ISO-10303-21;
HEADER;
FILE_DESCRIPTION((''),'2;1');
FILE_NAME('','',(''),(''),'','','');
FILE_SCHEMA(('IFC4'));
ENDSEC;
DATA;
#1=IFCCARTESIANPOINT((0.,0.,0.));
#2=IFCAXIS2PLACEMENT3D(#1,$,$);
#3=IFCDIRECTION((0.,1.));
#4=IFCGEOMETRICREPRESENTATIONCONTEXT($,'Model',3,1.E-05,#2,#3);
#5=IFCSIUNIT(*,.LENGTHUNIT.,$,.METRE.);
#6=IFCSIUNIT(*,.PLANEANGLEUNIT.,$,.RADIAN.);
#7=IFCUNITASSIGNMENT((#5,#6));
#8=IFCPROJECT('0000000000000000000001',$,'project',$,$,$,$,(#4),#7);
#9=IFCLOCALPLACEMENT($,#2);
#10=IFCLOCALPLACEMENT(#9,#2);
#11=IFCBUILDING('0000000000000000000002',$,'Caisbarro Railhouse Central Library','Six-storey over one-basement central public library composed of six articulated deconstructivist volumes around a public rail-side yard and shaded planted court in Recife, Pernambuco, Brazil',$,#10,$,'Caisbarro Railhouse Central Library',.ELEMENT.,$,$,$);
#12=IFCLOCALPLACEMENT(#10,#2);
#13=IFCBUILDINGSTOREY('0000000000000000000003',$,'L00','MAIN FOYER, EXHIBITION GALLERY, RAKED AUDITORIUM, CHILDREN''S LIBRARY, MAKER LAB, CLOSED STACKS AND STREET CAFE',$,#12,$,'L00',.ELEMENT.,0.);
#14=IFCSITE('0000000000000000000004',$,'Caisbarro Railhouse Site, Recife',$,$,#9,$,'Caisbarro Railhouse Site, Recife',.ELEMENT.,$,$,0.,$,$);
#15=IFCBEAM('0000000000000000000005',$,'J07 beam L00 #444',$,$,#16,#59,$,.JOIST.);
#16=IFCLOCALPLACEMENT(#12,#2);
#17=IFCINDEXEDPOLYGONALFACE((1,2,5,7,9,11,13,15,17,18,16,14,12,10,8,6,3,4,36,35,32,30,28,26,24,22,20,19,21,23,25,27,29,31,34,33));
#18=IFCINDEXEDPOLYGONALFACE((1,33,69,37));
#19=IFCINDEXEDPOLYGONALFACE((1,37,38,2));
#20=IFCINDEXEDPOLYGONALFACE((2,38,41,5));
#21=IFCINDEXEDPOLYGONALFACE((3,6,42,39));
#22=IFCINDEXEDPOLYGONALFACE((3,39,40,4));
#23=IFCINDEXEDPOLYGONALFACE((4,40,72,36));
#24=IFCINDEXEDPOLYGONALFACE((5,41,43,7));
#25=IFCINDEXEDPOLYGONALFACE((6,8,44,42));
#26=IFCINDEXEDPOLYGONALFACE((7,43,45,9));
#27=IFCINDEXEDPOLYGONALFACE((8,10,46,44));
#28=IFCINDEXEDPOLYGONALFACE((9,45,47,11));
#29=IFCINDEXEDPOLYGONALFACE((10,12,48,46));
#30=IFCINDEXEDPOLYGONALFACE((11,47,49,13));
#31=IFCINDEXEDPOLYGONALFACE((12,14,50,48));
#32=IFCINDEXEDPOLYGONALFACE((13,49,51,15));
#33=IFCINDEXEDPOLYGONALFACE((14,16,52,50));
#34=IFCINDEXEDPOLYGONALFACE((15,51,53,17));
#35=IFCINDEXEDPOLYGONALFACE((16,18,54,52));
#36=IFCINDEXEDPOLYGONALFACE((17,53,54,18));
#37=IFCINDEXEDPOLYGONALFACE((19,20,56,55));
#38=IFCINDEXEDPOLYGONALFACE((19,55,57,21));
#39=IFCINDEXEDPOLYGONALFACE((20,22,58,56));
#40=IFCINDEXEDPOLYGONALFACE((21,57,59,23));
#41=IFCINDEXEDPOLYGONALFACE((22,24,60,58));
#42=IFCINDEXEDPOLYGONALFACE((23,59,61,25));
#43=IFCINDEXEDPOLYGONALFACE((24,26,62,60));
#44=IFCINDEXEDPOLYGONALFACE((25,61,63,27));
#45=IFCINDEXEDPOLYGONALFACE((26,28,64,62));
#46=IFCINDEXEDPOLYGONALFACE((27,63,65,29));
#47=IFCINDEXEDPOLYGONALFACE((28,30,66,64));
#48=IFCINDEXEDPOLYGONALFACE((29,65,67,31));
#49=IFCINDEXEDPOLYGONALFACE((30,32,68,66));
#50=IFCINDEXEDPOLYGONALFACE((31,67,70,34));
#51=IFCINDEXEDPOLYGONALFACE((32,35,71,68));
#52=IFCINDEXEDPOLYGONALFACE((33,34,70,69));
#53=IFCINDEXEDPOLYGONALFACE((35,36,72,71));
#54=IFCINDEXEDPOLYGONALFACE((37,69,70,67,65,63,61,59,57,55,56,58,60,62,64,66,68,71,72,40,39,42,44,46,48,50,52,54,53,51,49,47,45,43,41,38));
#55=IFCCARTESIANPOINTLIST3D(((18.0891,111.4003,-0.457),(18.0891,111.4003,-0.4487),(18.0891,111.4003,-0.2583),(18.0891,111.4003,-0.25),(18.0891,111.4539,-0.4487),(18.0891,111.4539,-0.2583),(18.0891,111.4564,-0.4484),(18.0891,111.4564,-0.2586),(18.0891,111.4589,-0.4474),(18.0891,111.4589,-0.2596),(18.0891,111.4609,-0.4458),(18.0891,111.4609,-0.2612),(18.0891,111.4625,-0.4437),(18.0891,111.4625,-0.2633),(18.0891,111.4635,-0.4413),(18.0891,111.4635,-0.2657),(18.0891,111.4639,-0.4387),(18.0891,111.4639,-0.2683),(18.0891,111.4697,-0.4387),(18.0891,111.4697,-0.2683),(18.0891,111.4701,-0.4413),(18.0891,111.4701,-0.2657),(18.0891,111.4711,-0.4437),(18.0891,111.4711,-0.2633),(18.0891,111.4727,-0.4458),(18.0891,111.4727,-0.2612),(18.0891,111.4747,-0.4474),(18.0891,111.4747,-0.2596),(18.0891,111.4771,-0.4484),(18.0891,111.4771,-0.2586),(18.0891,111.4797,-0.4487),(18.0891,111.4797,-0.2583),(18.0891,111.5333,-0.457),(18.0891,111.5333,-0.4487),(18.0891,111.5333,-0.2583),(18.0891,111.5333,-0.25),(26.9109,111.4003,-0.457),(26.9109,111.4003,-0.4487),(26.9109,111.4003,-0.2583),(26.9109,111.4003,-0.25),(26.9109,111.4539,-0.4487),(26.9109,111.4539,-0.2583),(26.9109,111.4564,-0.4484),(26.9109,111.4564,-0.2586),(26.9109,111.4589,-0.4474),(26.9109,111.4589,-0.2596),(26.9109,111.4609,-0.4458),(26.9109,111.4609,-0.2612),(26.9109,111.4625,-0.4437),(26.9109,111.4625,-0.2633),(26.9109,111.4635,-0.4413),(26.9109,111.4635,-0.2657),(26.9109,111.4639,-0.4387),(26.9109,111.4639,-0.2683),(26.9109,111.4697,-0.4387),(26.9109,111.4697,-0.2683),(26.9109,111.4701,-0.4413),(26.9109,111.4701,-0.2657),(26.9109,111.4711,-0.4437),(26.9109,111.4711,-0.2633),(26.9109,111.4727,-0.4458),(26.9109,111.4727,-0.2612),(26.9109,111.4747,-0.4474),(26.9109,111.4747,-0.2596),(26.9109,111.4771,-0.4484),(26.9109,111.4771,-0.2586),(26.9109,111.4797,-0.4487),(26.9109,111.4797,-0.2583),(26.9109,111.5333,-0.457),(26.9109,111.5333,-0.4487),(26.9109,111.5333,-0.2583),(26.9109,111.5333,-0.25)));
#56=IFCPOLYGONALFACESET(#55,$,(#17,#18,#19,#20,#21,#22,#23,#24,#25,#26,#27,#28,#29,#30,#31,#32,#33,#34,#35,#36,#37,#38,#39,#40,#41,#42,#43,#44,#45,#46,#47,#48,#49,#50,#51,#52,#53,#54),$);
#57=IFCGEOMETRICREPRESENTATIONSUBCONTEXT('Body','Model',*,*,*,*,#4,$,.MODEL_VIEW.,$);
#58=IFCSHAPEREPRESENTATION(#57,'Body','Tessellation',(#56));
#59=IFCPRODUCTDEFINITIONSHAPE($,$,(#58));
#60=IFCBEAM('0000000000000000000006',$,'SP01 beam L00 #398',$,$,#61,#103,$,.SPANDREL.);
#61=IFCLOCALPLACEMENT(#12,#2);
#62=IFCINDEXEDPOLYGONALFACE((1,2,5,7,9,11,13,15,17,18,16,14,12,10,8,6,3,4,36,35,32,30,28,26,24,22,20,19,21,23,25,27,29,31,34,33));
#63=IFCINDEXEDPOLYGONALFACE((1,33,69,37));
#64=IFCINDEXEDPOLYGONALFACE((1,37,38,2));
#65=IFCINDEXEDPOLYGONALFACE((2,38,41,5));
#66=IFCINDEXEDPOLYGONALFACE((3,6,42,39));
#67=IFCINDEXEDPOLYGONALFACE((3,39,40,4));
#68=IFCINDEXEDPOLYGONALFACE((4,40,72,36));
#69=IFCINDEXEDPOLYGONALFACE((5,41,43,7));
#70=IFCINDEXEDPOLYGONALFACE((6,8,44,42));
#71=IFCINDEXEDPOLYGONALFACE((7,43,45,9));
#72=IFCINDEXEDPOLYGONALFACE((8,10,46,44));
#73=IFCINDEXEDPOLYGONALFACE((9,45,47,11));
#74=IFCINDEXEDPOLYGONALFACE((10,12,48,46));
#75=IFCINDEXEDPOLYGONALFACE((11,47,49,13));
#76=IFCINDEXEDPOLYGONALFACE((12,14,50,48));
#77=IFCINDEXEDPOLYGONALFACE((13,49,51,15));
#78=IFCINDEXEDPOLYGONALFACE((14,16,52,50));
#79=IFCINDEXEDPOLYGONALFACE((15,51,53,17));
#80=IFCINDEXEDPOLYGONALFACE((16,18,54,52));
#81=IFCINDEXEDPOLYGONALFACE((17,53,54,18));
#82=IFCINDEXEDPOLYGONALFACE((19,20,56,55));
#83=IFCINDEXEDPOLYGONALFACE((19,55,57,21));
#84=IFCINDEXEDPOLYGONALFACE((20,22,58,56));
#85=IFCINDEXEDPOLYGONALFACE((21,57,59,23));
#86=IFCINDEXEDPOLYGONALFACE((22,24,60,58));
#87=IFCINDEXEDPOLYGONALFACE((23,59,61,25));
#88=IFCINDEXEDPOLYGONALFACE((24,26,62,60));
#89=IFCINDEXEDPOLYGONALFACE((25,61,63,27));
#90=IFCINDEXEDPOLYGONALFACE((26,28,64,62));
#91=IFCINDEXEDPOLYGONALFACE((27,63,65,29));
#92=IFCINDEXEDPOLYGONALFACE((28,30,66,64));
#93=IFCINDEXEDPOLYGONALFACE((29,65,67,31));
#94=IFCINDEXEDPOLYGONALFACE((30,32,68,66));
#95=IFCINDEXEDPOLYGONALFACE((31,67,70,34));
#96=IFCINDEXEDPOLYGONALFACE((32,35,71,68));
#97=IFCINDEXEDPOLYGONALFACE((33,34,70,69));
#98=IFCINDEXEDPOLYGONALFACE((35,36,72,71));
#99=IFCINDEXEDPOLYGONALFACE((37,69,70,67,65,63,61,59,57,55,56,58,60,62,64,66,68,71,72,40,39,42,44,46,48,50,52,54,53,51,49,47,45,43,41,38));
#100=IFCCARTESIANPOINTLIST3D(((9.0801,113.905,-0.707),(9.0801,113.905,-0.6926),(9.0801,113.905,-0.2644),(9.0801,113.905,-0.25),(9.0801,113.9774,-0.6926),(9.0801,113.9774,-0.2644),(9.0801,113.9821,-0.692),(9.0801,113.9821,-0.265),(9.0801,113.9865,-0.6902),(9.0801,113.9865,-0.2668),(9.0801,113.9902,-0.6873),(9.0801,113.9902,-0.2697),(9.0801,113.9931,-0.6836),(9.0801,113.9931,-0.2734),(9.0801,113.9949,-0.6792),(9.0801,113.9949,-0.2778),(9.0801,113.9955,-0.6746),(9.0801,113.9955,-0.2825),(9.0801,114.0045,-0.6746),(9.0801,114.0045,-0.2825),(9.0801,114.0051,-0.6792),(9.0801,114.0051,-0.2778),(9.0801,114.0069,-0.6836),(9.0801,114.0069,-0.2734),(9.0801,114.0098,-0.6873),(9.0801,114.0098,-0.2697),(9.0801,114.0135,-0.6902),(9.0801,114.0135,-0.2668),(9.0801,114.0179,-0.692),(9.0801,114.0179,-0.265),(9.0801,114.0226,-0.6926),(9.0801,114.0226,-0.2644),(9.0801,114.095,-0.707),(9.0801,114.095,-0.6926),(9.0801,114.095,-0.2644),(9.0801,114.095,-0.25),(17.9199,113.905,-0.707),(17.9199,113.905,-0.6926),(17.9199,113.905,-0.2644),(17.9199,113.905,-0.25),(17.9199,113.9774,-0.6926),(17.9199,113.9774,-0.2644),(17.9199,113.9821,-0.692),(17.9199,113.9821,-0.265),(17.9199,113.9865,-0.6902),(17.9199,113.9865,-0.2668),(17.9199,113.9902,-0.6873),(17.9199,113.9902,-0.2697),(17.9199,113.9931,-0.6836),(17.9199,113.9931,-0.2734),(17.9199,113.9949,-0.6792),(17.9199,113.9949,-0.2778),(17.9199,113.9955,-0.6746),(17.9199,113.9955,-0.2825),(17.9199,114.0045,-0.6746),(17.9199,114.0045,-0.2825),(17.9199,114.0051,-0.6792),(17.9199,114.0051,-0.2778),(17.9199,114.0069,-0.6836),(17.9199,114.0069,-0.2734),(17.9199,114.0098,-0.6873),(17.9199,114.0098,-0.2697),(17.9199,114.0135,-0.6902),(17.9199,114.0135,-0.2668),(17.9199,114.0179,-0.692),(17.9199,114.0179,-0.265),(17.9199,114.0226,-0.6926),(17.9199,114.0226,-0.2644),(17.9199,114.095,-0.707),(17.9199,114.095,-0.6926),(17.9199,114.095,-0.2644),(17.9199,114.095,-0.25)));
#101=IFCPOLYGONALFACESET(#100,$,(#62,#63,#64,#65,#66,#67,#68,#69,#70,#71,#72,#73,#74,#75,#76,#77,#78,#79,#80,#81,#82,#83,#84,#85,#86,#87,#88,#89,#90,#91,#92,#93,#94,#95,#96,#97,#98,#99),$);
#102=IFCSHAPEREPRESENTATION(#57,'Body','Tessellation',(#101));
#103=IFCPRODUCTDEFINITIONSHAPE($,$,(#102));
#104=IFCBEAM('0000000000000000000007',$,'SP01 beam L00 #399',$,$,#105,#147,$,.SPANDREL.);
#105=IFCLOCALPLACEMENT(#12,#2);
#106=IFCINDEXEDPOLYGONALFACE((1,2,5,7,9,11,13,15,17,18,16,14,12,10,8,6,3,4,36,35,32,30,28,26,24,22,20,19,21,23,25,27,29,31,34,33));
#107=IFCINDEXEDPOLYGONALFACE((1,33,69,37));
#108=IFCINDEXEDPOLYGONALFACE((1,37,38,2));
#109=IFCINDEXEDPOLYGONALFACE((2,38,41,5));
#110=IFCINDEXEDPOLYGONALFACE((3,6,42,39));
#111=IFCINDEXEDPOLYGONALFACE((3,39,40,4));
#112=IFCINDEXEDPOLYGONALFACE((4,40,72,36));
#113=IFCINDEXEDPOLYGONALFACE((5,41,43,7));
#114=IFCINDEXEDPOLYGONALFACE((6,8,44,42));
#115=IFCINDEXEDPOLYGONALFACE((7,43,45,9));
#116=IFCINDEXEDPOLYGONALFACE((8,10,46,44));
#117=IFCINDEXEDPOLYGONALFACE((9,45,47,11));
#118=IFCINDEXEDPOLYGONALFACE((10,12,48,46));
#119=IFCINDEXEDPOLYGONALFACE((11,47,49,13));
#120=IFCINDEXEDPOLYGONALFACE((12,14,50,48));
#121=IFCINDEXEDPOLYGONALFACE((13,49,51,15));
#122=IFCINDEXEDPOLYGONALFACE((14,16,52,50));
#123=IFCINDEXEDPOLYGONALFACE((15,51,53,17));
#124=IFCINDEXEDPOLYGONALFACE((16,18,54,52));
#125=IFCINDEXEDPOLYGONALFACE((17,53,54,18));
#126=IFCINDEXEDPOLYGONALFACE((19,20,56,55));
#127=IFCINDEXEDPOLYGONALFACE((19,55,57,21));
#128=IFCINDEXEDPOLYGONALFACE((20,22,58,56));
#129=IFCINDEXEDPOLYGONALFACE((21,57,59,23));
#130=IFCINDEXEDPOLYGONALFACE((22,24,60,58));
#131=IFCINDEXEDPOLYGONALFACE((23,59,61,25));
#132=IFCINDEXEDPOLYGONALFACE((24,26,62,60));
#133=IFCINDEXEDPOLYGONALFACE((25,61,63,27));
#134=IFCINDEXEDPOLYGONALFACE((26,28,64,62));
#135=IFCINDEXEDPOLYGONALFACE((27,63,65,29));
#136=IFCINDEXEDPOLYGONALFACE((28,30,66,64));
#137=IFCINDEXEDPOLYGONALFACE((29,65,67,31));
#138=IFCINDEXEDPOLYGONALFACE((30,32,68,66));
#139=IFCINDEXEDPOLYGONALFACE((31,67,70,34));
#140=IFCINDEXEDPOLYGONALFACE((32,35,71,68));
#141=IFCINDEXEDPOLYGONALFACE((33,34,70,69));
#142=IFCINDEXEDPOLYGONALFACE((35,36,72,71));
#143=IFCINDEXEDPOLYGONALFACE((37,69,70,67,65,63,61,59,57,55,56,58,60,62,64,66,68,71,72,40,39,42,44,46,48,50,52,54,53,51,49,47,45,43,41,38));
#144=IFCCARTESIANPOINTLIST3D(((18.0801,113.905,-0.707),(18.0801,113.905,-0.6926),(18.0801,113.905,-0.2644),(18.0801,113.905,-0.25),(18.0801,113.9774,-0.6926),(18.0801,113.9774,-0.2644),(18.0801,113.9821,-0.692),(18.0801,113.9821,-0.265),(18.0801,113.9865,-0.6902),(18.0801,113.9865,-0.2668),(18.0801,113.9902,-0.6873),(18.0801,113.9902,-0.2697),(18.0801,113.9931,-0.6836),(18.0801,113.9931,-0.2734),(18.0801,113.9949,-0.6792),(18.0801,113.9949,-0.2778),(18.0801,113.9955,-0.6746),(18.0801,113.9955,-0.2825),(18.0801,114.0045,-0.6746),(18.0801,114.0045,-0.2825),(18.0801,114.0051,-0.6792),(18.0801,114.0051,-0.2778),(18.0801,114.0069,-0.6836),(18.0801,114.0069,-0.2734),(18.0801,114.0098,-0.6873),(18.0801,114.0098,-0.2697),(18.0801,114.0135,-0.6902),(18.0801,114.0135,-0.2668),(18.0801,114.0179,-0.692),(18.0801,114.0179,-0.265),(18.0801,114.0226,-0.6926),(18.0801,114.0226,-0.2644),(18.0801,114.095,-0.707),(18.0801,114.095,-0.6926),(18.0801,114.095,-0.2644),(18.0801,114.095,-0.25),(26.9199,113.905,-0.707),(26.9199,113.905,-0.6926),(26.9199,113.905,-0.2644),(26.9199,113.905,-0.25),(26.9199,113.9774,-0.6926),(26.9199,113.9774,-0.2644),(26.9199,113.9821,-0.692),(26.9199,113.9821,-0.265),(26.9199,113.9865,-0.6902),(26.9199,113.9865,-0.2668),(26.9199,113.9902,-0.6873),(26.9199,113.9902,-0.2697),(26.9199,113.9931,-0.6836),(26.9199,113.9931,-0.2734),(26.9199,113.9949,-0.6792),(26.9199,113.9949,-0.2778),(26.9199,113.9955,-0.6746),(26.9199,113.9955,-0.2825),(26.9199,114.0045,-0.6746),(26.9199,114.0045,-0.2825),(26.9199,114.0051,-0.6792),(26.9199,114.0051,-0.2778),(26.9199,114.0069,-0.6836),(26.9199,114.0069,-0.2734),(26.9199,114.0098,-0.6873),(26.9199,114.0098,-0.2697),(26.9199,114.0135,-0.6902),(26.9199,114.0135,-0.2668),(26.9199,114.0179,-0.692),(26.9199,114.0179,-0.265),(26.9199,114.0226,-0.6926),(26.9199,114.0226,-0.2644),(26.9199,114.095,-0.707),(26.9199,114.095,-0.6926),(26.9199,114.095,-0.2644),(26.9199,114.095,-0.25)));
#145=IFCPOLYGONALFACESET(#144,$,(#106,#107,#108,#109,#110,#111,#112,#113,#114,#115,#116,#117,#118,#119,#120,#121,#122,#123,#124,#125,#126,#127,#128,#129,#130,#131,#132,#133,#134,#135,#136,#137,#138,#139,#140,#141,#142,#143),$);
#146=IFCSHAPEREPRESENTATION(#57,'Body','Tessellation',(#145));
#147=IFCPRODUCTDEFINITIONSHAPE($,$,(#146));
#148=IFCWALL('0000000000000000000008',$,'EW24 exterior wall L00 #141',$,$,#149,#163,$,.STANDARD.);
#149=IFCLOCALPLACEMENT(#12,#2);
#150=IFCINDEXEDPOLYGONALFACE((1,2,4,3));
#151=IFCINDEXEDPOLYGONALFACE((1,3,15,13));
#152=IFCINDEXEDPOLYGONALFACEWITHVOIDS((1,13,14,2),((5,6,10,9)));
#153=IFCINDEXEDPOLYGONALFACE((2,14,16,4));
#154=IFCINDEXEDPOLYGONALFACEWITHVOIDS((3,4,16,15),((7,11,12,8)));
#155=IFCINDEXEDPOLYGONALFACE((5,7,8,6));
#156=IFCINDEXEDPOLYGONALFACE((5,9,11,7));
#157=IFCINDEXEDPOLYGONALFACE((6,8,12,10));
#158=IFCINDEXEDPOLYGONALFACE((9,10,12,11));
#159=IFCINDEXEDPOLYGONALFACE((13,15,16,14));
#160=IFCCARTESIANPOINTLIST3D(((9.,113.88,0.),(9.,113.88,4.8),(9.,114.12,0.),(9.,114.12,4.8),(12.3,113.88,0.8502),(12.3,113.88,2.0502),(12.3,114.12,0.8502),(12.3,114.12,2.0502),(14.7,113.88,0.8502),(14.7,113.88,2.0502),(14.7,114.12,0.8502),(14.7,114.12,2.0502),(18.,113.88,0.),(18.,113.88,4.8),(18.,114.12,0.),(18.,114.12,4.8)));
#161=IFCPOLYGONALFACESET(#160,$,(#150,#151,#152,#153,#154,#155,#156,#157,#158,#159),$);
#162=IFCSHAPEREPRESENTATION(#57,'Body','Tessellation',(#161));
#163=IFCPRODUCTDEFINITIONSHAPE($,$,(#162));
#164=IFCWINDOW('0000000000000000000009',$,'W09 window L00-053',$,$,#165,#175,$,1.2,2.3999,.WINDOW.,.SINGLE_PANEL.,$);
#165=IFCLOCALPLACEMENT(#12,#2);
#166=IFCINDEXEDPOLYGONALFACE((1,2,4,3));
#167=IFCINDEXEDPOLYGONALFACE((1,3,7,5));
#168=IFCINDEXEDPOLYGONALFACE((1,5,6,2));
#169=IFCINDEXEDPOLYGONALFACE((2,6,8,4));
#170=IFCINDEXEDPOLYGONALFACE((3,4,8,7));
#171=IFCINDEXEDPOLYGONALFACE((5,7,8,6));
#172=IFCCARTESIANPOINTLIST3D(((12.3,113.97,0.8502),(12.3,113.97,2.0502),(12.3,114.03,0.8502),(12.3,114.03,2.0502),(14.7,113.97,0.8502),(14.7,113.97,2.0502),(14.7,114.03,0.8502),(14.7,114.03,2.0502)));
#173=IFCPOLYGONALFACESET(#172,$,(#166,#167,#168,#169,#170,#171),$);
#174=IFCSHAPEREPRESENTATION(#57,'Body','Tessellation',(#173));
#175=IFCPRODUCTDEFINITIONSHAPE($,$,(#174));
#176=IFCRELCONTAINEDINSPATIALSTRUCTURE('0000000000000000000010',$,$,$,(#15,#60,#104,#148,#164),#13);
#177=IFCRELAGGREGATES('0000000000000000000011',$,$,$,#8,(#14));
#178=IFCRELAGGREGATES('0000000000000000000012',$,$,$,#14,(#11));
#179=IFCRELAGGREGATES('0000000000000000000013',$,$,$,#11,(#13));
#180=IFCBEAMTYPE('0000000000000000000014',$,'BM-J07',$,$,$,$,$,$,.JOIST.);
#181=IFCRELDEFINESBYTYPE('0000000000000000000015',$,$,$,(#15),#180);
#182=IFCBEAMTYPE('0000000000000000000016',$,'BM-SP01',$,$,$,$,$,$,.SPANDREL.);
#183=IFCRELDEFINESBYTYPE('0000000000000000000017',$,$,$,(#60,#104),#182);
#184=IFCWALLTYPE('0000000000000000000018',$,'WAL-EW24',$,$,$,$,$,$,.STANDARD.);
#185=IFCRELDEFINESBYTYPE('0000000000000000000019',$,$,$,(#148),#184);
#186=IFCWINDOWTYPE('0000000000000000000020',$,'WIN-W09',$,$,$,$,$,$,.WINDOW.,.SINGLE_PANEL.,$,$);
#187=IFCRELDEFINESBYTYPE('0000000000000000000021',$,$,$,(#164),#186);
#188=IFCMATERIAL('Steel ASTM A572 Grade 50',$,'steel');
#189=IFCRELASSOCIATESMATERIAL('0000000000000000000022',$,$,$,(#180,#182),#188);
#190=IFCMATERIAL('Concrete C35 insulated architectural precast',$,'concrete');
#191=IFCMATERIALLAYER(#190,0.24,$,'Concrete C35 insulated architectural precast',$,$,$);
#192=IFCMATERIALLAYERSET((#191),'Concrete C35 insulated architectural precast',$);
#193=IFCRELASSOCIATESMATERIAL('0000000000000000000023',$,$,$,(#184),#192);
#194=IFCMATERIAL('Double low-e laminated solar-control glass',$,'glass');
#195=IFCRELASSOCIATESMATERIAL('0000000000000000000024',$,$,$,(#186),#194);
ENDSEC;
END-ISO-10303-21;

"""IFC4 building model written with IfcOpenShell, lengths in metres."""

from ifc_helpers import new_model, si_unit, direction, frame, frame_2d, origin, origin_2d, place, context, subcontext, project, spatial, rectangle, i_section, extrude, material, layer, layer_set, material_profile, profile_set, type_object, element, fill, save


model = new_model("IFC4")

# Units and contexts
model_context = context("Model", 3, precision=1e-05, world=origin(), true_north=direction((0.0, 1.0)))
body_context = subcontext(model_context, "Body", "Model", "MODEL_VIEW")
ifc_project = project(units=[si_unit("LENGTHUNIT", "METRE"), si_unit("PLANEANGLEUNIT", "RADIAN")], contexts=[model_context])

# Site, building, storey
site_placement = place(None, origin())
site = spatial("IfcSite", under=ifc_project, at=site_placement, Name="Caisbarro Railhouse Site, Recife", LongName="Caisbarro Railhouse Site, Recife", CompositionType="ELEMENT", RefElevation=0.0)
building_placement = place(site_placement, origin())
building = spatial("IfcBuilding", under=site, at=building_placement, Name="Caisbarro Railhouse Central Library", Description="Six-storey over one-basement central public library composed of six articulated deconstructivist volumes around a public rail-side yard and shaded planted court in Recife, Pernambuco, Brazil", LongName="Caisbarro Railhouse Central Library", CompositionType="ELEMENT")
storey_placement = place(building_placement, origin())
storey = spatial("IfcBuildingStorey", under=building, at=storey_placement, Name="L00", Description="MAIN FOYER, EXHIBITION GALLERY, RAKED AUDITORIUM, CHILDREN'S LIBRARY, MAKER LAB, CLOSED STACKS AND STREET CAFE", LongName="L00", CompositionType="ELEMENT", Elevation=0.0)

# Shared definitions
ifc_material_1 = material(Name="Steel ASTM A572 Grade 50", Category="steel")

# Beams
ifc_material_profile_1 = material_profile(ifc_material_1, i_section(OverallWidth=0.1331, OverallDepth=0.207, WebThickness=0.0059, FlangeThickness=0.0083, FilletRadius=0.01, at=origin_2d()), Name="W200X26.6")
ifc_profile_set_1 = profile_set([ifc_material_profile_1], Name="Steel ASTM A572 Grade 50")
beam_type_1 = type_object("IfcBeamType", Name="BM-J07", PredefinedType="JOIST", material=ifc_profile_set_1)
for number, where, z_axis, x_axis, name in (
    (1, (18.0891, 111.4668, -0.3535), (1.0, 0.0, 0.0), (0.0, 1.0, 0.0), "J07 beam L00 #444"),
):
    element("IfcBeam", number, at=place(storey_placement, frame(where, z_axis=z_axis, x_axis=x_axis)), inside=storey, type_object=beam_type_1, Name=name, PredefinedType="JOIST", context=body_context, shape_type="SweptSolid", body=[
        extrude(i_section(OverallWidth=0.1331, OverallDepth=0.207, WebThickness=0.0059, FlangeThickness=0.0083, FilletRadius=0.01, at=origin_2d()), origin(), (0.0, 0.0, 1.0), 8.8218),
    ])
ifc_material_profile_2 = material_profile(ifc_material_1, i_section(OverallWidth=0.1899, OverallDepth=0.457, WebThickness=0.009, FlangeThickness=0.0144, FilletRadius=0.0181, at=origin_2d()), Name="W460X74.0")
ifc_profile_set_2 = profile_set([ifc_material_profile_2], Name="Steel ASTM A572 Grade 50")
beam_type_2 = type_object("IfcBeamType", Name="BM-SP01", PredefinedType="SPANDREL", material=ifc_profile_set_2)
for number, where, z_axis, x_axis, name in (
    (2, (9.0801, 114.0, -0.4785), (1.0, 0.0, 0.0), (0.0, 1.0, 0.0), "SP01 beam L00 #398"),
    (3, (18.0801, 114.0, -0.4785), (1.0, 0.0, 0.0), (0.0, 1.0, 0.0), "SP01 beam L00 #399"),
):
    element("IfcBeam", number, at=place(storey_placement, frame(where, z_axis=z_axis, x_axis=x_axis)), inside=storey, type_object=beam_type_2, Name=name, PredefinedType="SPANDREL", context=body_context, shape_type="SweptSolid", body=[
        extrude(i_section(OverallWidth=0.1899, OverallDepth=0.457, WebThickness=0.009, FlangeThickness=0.0144, FilletRadius=0.0181, at=origin_2d()), origin(), (0.0, 0.0, 1.0), 8.8398),
    ])

# Wall, opening, window
ifc_material_2 = material(Name="Concrete C35 insulated architectural precast", Category="concrete")
ifc_layer_1 = layer(ifc_material_2, 0.24, Name="Concrete C35 insulated architectural precast")
ifc_layer_set_1 = layer_set([ifc_layer_1], Name="Concrete C35 insulated architectural precast")
wall_type_1 = type_object("IfcWallType", Name="WAL-EW24", PredefinedType="STANDARD", material=ifc_layer_set_1)
wall_1_placement = place(storey_placement, frame((9.0, 114.0, 0.0), z_axis=(0.0, 0.0, 1.0), x_axis=(1.0, 0.0, 0.0)))
wall_1 = element("IfcWall", 4, at=wall_1_placement, inside=storey, type_object=wall_type_1, Name="EW24 exterior wall L00 #141", PredefinedType="STANDARD", context=body_context, shape_type="SweptSolid", body=[
    extrude(rectangle(XDim=9.0, YDim=0.24, at=frame_2d((4.5, 0.0))), origin(), (0.0, 0.0, 1.0), 4.8),
])
opening_1_placement = place(wall_1_placement, frame((3.3, 0.0, 0.8501)))
opening_1 = element("IfcOpeningElement", 5, at=opening_1_placement, cuts=wall_1, PredefinedType="OPENING", context=body_context, shape_type="SweptSolid", body=[
    extrude(rectangle(XDim=2.3999, YDim=1.2, at=frame_2d((1.2, 0.6001))), frame((0.0, 0.1299, 0.0), z_axis=(0.0, -1.0, 0.0), x_axis=(1.0, 0.0, 0.0)), (0.0, 0.0, 1.0), 0.26),
])
ifc_material_3 = material(Name="Double low-e laminated solar-control glass", Category="glass")
window_type = type_object("IfcWindowType", Name="WIN-W09", PartitioningType="SINGLE_PANEL", PredefinedType="WINDOW", material=ifc_material_3)
window_placement = place(opening_1_placement, origin())
window = element("IfcWindow", 6, at=window_placement, inside=storey, type_object=window_type, Name="W09 window L00-053", OverallHeight=1.2, OverallWidth=2.3999, PartitioningType="SINGLE_PANEL", PredefinedType="WINDOW", context=body_context, shape_type="SweptSolid", body=[
    extrude(rectangle(XDim=2.3999, YDim=1.2, at=frame_2d((1.2, 0.6001))), frame((0.0, 0.03, 0.0), z_axis=(0.0, -1.0, 0.0), x_axis=(1.0, 0.0, 0.0)), (0.0, 0.0, 1.0), 0.0601),
])
fill(opening_1, window)

save(model, "model.ifc")
